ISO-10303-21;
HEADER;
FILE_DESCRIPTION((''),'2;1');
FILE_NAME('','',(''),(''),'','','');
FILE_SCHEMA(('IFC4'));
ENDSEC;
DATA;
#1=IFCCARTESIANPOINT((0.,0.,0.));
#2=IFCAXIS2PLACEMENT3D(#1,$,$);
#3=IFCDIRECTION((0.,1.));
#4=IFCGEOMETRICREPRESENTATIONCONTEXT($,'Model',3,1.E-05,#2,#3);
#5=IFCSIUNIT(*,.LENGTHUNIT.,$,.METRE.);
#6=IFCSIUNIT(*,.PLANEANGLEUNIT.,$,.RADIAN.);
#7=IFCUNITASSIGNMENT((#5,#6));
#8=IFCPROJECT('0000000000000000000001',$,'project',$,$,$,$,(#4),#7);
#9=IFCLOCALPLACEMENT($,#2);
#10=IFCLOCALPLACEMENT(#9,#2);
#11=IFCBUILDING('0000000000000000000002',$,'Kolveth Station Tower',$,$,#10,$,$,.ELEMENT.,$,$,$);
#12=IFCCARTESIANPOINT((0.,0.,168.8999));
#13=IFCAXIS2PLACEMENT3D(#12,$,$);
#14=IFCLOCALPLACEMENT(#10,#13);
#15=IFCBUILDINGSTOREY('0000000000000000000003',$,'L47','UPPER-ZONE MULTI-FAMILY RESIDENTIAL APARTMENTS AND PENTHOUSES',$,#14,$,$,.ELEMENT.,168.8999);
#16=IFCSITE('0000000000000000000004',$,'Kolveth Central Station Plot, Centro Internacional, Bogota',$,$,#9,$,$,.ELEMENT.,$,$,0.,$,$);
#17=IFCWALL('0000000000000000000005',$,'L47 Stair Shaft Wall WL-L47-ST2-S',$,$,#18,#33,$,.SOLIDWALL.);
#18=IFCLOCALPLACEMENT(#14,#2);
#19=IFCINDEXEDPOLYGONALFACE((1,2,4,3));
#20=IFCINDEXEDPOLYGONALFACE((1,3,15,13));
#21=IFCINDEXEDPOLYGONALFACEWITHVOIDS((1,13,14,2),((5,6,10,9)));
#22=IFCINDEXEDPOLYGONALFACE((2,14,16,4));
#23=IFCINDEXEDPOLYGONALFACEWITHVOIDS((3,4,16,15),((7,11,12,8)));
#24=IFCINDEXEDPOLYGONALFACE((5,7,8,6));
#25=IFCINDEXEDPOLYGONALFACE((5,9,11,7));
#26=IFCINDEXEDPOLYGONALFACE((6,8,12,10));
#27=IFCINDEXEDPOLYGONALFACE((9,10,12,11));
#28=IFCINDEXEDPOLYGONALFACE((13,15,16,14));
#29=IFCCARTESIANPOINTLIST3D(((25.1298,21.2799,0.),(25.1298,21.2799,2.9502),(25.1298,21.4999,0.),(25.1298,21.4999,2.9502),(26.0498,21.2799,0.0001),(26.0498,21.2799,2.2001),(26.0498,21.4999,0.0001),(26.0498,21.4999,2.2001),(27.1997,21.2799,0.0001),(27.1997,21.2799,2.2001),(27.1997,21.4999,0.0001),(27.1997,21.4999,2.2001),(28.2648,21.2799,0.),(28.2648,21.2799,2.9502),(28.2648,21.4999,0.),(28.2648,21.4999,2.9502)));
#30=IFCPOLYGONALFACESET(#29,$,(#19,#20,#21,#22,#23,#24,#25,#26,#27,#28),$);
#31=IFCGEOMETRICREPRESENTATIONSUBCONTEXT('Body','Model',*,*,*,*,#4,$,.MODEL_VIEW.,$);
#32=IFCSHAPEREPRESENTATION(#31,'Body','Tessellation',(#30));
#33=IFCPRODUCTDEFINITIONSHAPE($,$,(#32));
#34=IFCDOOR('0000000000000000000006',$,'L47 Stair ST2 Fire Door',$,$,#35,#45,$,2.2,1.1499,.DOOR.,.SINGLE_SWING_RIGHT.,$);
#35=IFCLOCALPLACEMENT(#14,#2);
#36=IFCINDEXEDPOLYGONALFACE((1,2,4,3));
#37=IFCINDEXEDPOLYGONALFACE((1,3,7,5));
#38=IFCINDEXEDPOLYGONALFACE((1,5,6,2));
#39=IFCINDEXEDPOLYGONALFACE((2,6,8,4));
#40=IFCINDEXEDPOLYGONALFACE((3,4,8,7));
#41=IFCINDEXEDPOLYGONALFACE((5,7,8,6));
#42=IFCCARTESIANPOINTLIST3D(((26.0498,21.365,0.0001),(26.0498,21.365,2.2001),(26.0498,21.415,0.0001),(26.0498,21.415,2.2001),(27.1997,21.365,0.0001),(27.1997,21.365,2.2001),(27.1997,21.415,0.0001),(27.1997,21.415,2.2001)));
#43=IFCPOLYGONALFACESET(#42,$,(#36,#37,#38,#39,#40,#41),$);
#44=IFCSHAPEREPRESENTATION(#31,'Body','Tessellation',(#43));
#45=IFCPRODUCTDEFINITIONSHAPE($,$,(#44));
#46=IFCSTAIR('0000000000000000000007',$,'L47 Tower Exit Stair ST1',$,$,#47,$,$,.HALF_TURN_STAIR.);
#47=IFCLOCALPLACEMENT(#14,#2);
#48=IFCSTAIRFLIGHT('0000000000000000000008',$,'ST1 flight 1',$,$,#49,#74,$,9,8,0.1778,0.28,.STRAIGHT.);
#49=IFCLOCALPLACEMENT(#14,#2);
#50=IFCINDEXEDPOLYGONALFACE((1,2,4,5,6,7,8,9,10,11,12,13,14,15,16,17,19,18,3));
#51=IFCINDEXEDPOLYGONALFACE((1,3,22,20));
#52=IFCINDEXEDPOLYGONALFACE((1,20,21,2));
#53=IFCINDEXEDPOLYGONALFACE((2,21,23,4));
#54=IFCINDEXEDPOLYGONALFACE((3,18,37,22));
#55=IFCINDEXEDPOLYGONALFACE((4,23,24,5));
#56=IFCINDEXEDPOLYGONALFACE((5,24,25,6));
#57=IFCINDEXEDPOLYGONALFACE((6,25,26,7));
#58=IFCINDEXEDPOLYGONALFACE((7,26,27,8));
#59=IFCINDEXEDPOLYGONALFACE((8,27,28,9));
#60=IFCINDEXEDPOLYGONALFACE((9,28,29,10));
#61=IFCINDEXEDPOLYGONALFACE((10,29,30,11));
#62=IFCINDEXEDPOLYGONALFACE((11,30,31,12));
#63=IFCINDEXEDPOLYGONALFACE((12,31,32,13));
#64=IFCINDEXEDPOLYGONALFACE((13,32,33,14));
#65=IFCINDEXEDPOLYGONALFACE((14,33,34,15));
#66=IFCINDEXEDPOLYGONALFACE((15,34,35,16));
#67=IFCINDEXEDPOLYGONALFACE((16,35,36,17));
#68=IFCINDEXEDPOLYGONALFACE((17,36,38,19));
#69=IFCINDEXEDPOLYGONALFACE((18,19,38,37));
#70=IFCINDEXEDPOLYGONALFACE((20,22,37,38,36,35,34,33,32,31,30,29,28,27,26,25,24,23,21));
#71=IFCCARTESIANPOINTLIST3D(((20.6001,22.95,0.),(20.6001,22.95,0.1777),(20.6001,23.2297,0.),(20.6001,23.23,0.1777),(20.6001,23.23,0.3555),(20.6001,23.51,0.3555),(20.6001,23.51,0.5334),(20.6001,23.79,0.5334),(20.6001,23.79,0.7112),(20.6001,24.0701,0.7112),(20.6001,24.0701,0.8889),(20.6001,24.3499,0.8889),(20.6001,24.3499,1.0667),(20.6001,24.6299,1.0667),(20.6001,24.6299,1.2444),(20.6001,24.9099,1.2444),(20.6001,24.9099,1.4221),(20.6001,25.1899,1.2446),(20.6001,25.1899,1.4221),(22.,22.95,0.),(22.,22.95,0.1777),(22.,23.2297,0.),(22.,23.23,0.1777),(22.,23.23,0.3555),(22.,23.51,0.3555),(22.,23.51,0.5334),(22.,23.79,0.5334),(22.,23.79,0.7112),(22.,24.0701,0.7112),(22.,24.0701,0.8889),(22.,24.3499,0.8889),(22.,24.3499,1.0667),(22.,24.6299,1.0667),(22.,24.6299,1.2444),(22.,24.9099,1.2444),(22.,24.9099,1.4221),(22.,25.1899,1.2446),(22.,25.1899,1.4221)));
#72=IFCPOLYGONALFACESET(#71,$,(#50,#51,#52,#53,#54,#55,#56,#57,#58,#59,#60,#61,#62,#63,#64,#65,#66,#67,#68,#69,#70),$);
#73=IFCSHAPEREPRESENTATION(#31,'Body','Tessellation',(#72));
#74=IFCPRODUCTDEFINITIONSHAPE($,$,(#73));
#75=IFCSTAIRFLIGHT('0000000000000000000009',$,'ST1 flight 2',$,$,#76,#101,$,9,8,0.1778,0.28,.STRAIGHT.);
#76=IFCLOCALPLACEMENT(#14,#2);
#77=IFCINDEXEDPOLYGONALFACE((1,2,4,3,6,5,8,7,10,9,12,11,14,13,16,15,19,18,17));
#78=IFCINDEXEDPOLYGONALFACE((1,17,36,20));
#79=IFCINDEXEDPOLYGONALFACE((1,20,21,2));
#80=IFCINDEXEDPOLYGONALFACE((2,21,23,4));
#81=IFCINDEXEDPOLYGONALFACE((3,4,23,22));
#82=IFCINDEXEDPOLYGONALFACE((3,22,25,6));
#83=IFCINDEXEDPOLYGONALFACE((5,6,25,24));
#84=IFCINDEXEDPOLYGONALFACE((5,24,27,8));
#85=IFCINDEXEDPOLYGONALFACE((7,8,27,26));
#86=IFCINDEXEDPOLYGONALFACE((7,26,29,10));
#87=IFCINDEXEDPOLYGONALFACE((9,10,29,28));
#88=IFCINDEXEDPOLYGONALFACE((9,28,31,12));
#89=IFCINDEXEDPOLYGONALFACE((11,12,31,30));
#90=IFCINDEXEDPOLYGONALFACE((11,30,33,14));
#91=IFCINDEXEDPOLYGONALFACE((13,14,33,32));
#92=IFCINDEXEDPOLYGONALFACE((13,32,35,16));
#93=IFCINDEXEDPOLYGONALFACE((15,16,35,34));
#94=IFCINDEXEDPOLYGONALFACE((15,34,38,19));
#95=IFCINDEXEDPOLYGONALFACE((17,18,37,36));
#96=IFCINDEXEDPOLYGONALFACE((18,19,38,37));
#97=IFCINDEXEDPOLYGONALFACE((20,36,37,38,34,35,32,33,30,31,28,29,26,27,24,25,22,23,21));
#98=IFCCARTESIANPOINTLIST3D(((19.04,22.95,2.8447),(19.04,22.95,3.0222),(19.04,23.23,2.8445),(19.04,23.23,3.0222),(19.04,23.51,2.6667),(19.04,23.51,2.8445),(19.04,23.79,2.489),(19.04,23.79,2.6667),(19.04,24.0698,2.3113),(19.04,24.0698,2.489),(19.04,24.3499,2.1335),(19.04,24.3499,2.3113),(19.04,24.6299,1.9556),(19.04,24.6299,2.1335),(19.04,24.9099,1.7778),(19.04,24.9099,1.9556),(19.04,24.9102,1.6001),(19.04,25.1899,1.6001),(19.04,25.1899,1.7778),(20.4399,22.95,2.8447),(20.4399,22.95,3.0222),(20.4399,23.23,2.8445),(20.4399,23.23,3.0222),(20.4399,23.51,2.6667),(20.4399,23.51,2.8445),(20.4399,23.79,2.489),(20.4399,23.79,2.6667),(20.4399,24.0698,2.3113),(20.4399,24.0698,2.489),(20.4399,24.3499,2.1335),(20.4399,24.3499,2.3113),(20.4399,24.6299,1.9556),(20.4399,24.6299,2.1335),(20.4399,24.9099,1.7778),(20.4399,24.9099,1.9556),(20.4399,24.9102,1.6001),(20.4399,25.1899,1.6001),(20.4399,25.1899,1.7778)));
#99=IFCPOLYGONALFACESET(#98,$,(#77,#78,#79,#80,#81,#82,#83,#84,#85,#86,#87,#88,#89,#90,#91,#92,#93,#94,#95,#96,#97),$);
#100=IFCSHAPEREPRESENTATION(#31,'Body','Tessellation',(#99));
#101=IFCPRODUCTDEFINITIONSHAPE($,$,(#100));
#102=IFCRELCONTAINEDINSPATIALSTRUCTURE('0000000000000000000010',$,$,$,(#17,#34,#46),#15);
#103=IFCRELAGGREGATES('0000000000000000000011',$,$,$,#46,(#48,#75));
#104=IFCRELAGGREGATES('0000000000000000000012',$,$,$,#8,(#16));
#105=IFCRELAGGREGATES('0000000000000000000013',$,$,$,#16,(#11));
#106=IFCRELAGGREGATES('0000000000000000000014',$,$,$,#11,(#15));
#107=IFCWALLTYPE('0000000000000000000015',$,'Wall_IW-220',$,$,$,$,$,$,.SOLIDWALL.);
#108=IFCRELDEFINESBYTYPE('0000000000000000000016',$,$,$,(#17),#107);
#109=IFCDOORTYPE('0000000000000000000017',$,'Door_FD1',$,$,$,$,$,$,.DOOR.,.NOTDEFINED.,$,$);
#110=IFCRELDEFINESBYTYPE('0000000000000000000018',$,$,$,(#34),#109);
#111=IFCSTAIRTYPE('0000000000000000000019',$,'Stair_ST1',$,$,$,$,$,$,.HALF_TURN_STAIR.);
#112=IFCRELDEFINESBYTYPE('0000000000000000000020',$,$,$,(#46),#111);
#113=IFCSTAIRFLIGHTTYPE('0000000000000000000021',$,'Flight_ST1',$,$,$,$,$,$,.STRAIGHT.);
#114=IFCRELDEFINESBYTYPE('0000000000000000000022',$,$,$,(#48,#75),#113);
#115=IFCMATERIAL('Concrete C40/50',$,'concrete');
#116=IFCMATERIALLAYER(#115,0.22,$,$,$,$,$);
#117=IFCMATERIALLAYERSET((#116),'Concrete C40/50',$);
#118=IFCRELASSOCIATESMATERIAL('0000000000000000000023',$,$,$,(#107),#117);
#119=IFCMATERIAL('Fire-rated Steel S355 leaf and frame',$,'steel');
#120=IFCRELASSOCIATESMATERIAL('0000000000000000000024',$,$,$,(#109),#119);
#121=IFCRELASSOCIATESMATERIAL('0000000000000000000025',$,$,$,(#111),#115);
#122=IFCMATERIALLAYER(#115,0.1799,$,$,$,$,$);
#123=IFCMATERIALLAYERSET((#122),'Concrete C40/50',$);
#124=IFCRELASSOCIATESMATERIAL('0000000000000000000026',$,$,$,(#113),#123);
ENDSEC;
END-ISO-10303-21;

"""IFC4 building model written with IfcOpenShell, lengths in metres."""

from ifc_helpers import new_model, si_unit, direction, frame, frame_2d, origin, place, context, subcontext, project, spatial, polyline, rectangle, outline, extrude, material, layer, layer_set, type_object, element, fill, aggregate, save


model = new_model("IFC4")

# Units and contexts
model_context = context("Model", 3, precision=1e-05, world=origin(), true_north=direction((0.0, 1.0)))
body_context = subcontext(model_context, "Body", "Model", "MODEL_VIEW")
ifc_project = project(units=[si_unit("LENGTHUNIT", "METRE"), si_unit("PLANEANGLEUNIT", "RADIAN")], contexts=[model_context])

# Site, building, storey
site_placement = place(None, origin())
site = spatial("IfcSite", under=ifc_project, at=site_placement, Name="Kolveth Central Station Plot, Centro Internacional, Bogota", CompositionType="ELEMENT", RefElevation=0.0)
building_placement = place(site_placement, origin())
building = spatial("IfcBuilding", under=site, at=building_placement, Name="Kolveth Station Tower", CompositionType="ELEMENT")
storey_placement = place(building_placement, frame((0.0, 0.0, 168.8999)))
storey = spatial("IfcBuildingStorey", under=building, at=storey_placement, Name="L47", Description="UPPER-ZONE MULTI-FAMILY RESIDENTIAL APARTMENTS AND PENTHOUSES", CompositionType="ELEMENT", Elevation=168.8999)

# Shared definitions
ifc_material_1 = material(Name="Concrete C40/50", Category="concrete")
ifc_layer_1 = layer(ifc_material_1, 0.22)
ifc_layer_set_1 = layer_set([ifc_layer_1], Name="Concrete C40/50")
wall_type_1 = type_object("IfcWallType", Name="Wall_IW-220", PredefinedType="SOLIDWALL", material=ifc_layer_set_1)

# Wall, opening, door
wall_1_placement = place(storey_placement, frame((25.1299, 21.3899, 0.0), z_axis=(0.0, 0.0, 1.0), x_axis=(1.0, 0.0, 0.0)))
wall_1 = element("IfcWall", 1, at=wall_1_placement, inside=storey, type_object=wall_type_1, Name="L47 Stair Shaft Wall WL-L47-ST2-S", PredefinedType="SOLIDWALL", context=body_context, shape_type="SweptSolid", body=[
    extrude(rectangle(XDim=3.135, YDim=0.22, at=frame_2d((1.5674, 0.0))), origin(), (0.0, 0.0, 1.0), 2.9502),
])
opening_placement = place(wall_1_placement, frame((0.9199, 0.0, 0.0)))
opening = element("IfcOpeningElement", 2, at=opening_placement, cuts=wall_1, PredefinedType="OPENING", context=body_context, shape_type="SweptSolid", body=[
    extrude(rectangle(XDim=1.1499, YDim=2.2, at=frame_2d((0.575, 1.1001))), frame((0.0, 0.1199, 0.0), z_axis=(0.0, -1.0, 0.0), x_axis=(1.0, 0.0, 0.0)), (0.0, 0.0, 1.0), 0.24),
])
ifc_material_2 = material(Name="Fire-rated Steel S355 leaf and frame", Category="steel")
door_type = type_object("IfcDoorType", Name="Door_FD1", OperationType="NOTDEFINED", PredefinedType="DOOR", material=ifc_material_2)
door_placement = place(opening_placement, frame((1.1499, 0.0, 0.0), z_axis=(0.0, 0.0, 1.0), x_axis=(-1.0, 0.0, 0.0)))
door = element("IfcDoor", 3, at=door_placement, inside=storey, type_object=door_type, Name="L47 Stair ST2 Fire Door", OperationType="SINGLE_SWING_RIGHT", OverallHeight=2.2, OverallWidth=1.1499, PredefinedType="DOOR", context=body_context, shape_type="SweptSolid", body=[
    extrude(rectangle(XDim=1.1499, YDim=2.2, at=frame_2d((0.575, 1.1001))), frame((0.0, 0.0249, 0.0), z_axis=(0.0, -1.0, 0.0), x_axis=(1.0, 0.0, 0.0)), (0.0, 0.0, 1.0), 0.05),
])
fill(opening, door)

# Stair, stair flights
stair_type = type_object("IfcStairType", Name="Stair_ST1", PredefinedType="HALF_TURN_STAIR", material=ifc_material_1)
stair_placement = place(storey_placement, origin())
stair = element("IfcStair", 4, at=stair_placement, inside=storey, type_object=stair_type, Name="L47 Tower Exit Stair ST1", PredefinedType="HALF_TURN_STAIR")
ifc_layer_2 = layer(ifc_material_1, 0.1799)
ifc_layer_set_2 = layer_set([ifc_layer_2], Name="Concrete C40/50")
stair_flight_type = type_object("IfcStairFlightType", Name="Flight_ST1", PredefinedType="STRAIGHT", material=ifc_layer_set_2)
stair_flight_1_placement = place(storey_placement, frame((21.3, 22.95, 0.0), z_axis=(0.0, 0.0, 1.0), x_axis=(0.0, 1.0, 0.0)))
stair_flight_1 = element("IfcStairFlight", 5, at=stair_flight_1_placement, type_object=stair_flight_type, Name="ST1 flight 1", NumberOfRisers=9, NumberOfTreads=8, PredefinedType="STRAIGHT", RiserHeight=0.1778, TreadLength=0.28, context=body_context, shape_type="SweptSolid", body=[
    extrude(outline(polyline([(0.0, 0.0), (0.0, 0.1777), (0.28, 0.1777), (0.28, 0.3555), (0.5601, 0.3555), (0.5601, 0.5334), (0.8401, 0.5334), (0.8401, 0.7112), (1.1201, 0.7112), (1.1201, 0.8889), (1.3999, 0.8889), (1.3999, 1.0667), (1.6799, 1.0667), (1.6799, 1.2444), (1.96, 1.2444), (1.96, 1.4221), (2.24, 1.4221), (2.24, 1.6001), (2.24, 1.2446), (0.2798, 0.0), (0.0, 0.0)])), frame((0.0, 0.7, 0.0), z_axis=(0.0, -1.0, 0.0), x_axis=(1.0, 0.0, 0.0)), (0.0, 0.0, 1.0), 1.3999),
])
stair_flight_2_placement = place(storey_placement, frame((19.74, 25.1899, 1.6001), z_axis=(0.0, 0.0, 1.0), x_axis=(0.0, -1.0, 0.0)))
stair_flight_2 = element("IfcStairFlight", 6, at=stair_flight_2_placement, type_object=stair_flight_type, Name="ST1 flight 2", NumberOfRisers=9, NumberOfTreads=8, PredefinedType="STRAIGHT", RiserHeight=0.1778, TreadLength=0.28, context=body_context, shape_type="SweptSolid", body=[
    extrude(outline(polyline([(0.0, 0.0), (0.0, 0.1777), (0.28, 0.1777), (0.28, 0.3555), (0.5601, 0.3555), (0.5601, 0.5334), (0.8401, 0.5334), (0.8401, 0.7112), (1.1201, 0.7112), (1.1201, 0.8889), (1.3999, 0.8889), (1.3999, 1.0667), (1.6799, 1.0667), (1.6799, 1.2444), (1.96, 1.2444), (1.96, 1.4221), (2.24, 1.4221), (2.24, 1.6001), (2.24, 1.2446), (0.2798, 0.0), (0.0, 0.0)])), frame((0.0, 0.7, 0.0), z_axis=(0.0, -1.0, 0.0), x_axis=(1.0, 0.0, 0.0)), (0.0, 0.0, 1.0), 1.3999),
])
aggregate(stair, [stair_flight_1, stair_flight_2])

save(model, "model.ifc")
